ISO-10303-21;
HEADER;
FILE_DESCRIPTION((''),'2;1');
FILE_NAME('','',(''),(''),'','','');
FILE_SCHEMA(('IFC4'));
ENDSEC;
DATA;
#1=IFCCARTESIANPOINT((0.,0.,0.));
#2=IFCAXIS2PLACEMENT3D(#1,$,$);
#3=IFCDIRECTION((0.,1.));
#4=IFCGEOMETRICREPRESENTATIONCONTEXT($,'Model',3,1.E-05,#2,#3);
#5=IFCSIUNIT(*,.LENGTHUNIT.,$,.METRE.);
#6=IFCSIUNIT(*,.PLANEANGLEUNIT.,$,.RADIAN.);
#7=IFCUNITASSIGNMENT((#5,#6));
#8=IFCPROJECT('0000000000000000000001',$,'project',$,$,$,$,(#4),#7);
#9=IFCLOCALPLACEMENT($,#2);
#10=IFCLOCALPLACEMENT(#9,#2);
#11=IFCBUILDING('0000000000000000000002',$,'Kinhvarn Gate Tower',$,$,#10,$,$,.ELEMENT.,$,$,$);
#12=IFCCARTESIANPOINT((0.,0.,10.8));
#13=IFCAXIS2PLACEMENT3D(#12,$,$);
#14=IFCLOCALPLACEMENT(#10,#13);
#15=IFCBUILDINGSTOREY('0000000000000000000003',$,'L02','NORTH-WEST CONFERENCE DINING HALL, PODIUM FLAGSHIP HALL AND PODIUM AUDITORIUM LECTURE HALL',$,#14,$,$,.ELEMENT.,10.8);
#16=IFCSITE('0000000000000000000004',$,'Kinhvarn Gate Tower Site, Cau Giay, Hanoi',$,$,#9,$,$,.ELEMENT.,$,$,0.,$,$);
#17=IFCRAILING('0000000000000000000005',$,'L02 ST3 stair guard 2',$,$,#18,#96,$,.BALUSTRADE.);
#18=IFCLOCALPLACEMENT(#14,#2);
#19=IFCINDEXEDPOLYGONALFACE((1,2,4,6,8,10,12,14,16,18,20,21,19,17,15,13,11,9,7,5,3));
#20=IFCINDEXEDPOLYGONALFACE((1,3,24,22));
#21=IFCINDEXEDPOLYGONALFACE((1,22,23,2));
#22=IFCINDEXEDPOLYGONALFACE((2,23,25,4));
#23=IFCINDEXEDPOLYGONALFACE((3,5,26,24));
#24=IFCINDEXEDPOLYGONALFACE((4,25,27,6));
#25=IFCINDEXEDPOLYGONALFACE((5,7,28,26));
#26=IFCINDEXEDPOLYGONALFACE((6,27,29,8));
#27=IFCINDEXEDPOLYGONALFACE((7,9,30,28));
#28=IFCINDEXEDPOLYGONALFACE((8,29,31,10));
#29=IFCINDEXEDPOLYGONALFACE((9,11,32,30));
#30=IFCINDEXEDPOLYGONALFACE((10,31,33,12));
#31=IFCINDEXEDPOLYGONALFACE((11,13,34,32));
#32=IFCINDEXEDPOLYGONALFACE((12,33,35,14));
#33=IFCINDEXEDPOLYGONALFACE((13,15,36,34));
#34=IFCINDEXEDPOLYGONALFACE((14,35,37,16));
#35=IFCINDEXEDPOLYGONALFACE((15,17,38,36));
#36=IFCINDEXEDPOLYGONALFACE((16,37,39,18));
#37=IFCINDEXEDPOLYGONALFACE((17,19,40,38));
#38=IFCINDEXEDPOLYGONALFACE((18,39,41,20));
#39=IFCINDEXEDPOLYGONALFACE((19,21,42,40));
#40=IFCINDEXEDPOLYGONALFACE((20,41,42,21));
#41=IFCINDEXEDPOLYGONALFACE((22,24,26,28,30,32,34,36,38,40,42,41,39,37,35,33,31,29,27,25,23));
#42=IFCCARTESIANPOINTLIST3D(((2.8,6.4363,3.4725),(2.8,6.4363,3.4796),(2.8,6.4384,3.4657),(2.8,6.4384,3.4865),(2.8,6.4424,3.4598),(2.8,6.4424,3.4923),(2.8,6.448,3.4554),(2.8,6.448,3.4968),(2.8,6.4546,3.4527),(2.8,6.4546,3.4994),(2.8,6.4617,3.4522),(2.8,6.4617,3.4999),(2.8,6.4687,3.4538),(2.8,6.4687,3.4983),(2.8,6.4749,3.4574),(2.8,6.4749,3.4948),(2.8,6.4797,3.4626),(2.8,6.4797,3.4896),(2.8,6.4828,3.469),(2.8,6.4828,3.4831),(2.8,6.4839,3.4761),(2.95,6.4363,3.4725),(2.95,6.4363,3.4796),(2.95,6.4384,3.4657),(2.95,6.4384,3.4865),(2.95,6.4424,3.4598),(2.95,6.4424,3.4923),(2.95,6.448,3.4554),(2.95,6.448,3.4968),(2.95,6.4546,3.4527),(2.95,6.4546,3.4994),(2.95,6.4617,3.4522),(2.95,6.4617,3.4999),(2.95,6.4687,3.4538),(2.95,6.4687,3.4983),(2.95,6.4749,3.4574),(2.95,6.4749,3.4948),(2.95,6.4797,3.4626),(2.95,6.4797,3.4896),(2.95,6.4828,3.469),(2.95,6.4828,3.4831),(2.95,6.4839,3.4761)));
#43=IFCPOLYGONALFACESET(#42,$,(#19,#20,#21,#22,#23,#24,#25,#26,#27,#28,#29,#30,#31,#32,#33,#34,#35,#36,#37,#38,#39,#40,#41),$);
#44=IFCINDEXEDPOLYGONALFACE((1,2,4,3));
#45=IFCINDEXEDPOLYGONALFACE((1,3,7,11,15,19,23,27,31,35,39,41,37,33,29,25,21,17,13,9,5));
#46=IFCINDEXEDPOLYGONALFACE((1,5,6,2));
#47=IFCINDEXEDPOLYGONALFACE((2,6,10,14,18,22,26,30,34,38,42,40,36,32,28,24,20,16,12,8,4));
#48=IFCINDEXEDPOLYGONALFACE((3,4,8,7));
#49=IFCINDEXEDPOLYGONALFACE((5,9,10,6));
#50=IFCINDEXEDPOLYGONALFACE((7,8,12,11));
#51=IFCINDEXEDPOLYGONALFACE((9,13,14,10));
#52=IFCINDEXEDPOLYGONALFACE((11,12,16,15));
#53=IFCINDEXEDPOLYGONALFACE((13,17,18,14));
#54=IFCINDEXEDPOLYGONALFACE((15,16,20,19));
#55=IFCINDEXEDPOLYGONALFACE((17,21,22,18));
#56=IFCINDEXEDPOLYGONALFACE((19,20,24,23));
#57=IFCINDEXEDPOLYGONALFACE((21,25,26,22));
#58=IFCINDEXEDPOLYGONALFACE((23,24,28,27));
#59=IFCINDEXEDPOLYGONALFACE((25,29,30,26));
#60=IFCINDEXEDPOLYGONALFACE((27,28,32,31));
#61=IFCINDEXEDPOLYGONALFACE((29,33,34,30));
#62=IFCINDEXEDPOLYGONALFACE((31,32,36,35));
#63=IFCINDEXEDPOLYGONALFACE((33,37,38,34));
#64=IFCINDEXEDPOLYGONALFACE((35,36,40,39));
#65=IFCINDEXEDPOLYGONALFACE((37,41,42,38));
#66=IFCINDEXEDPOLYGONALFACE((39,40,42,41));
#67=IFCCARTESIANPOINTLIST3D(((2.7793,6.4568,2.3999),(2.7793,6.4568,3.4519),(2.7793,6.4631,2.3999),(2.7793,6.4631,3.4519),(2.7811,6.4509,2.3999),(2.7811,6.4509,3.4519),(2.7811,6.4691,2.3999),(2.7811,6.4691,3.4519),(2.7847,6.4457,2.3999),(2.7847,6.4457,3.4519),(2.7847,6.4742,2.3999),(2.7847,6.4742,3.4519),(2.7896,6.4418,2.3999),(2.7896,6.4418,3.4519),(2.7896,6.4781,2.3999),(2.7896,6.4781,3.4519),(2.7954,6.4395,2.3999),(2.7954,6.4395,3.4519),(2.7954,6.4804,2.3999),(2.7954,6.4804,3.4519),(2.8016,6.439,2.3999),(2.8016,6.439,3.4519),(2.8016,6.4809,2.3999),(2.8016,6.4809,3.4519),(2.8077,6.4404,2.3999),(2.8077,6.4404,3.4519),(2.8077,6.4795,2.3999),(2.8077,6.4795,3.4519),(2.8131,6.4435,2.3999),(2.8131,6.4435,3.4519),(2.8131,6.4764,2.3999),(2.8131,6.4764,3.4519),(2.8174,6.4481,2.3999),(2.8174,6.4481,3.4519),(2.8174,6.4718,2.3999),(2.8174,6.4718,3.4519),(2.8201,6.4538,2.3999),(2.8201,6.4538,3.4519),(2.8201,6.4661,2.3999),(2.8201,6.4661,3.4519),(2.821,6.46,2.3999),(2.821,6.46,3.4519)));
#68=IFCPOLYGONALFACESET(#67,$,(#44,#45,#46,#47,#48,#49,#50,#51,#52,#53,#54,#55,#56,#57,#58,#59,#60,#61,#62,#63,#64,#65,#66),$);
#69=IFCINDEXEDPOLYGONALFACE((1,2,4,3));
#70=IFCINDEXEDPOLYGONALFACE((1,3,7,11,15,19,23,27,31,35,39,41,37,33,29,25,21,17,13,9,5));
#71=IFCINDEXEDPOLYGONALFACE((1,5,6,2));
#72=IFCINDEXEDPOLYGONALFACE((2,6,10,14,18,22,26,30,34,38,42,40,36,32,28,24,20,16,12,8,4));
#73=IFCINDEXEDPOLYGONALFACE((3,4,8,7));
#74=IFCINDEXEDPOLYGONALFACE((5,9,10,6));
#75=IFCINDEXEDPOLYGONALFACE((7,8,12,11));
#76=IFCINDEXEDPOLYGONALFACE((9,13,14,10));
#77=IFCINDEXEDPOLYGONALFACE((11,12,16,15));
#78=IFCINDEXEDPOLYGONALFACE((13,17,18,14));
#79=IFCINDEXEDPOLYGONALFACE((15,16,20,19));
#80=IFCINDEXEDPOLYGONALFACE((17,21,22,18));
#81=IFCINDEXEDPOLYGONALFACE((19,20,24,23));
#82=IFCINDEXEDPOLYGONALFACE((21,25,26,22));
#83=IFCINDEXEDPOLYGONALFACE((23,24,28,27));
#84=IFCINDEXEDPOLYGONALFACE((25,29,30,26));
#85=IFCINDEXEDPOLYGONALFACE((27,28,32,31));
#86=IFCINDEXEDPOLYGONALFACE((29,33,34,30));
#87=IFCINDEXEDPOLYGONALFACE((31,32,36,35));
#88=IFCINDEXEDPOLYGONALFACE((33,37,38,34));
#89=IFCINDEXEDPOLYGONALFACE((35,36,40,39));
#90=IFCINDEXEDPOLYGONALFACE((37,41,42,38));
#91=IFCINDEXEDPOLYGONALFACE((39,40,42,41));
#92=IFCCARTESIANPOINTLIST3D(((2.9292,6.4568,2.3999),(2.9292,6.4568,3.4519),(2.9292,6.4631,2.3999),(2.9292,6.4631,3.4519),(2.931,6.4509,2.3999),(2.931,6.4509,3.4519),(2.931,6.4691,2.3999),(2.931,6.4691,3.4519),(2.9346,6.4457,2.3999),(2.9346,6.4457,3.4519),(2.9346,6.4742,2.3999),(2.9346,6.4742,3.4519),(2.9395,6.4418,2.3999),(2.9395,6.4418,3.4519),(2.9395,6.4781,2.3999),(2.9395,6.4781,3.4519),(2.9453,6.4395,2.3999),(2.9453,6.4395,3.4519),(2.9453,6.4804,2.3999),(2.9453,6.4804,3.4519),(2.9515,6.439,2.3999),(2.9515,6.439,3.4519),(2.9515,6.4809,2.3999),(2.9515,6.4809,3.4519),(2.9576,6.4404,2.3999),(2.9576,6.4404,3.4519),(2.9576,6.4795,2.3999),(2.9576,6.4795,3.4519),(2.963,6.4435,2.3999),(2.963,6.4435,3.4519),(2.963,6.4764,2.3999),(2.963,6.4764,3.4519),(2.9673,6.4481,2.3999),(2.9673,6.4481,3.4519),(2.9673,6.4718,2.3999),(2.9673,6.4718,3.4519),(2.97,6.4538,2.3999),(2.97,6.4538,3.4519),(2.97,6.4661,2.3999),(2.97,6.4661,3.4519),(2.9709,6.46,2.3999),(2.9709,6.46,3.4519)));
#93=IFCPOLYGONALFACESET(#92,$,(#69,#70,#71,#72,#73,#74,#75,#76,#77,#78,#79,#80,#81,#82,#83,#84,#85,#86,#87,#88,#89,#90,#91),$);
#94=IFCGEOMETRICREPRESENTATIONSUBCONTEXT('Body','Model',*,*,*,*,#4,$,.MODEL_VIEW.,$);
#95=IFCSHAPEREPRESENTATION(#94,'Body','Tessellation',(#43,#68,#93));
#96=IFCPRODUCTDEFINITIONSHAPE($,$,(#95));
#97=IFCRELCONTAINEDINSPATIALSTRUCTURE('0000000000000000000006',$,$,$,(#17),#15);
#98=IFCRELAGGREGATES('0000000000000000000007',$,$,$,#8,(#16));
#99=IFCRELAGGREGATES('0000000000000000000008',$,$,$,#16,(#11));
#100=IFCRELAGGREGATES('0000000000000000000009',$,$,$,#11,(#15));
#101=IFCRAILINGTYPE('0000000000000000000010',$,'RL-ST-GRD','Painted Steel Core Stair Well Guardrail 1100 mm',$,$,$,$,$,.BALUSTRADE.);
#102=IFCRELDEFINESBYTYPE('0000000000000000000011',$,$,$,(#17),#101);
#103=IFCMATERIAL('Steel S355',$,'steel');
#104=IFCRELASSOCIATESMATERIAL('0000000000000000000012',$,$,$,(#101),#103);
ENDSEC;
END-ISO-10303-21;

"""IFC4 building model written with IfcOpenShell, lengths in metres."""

from ifc_helpers import new_model, si_unit, direction, frame, origin, origin_2d, place, context, subcontext, project, spatial, circle, extrude, material, type_object, element, save


model = new_model("IFC4")

# Units and contexts
model_context = context("Model", 3, precision=1e-05, world=origin(), true_north=direction((0.0, 1.0)))
body_context = subcontext(model_context, "Body", "Model", "MODEL_VIEW")
ifc_project = project(units=[si_unit("LENGTHUNIT", "METRE"), si_unit("PLANEANGLEUNIT", "RADIAN")], contexts=[model_context])

# Site, building, storey
site_placement = place(None, origin())
site = spatial("IfcSite", under=ifc_project, at=site_placement, Name="Kinhvarn Gate Tower Site, Cau Giay, Hanoi", CompositionType="ELEMENT", RefElevation=0.0)
building_placement = place(site_placement, origin())
building = spatial("IfcBuilding", under=site, at=building_placement, Name="Kinhvarn Gate Tower", CompositionType="ELEMENT")
storey_placement = place(building_placement, frame((0.0, 0.0, 10.8)))
storey = spatial("IfcBuildingStorey", under=building, at=storey_placement, Name="L02", Description="NORTH-WEST CONFERENCE DINING HALL, PODIUM FLAGSHIP HALL AND PODIUM AUDITORIUM LECTURE HALL", CompositionType="ELEMENT", Elevation=10.8)

# Shared definitions
ifc_material_1 = material(Name="Steel S355", Category="steel")

# Railing
railing_type_1 = type_object("IfcRailingType", Name="RL-ST-GRD", Description="Painted Steel Core Stair Well Guardrail 1100 mm", PredefinedType="BALUSTRADE", material=ifc_material_1)
railing_1_placement = place(storey_placement, frame((2.8, 6.46, 2.3999)))
element("IfcRailing", 1, at=railing_1_placement, inside=storey, type_object=railing_type_1, Name="L02 ST3 stair guard 2", PredefinedType="BALUSTRADE", context=body_context, shape_type="SweptSolid", body=[
    extrude(circle(Radius=0.0239, at=origin_2d()), frame((0.0, 0.0, 1.0762), z_axis=(1.0, 0.0, 0.0), x_axis=(0.0, 1.0, 0.0)), (0.0, 0.0, 1.0), 0.1499),
    extrude(circle(Radius=0.021, at=origin_2d()), origin(), (0.0, 0.0, 1.0), 1.052),
    extrude(circle(Radius=0.021, at=origin_2d()), frame((0.1499, 0.0, 0.0)), (0.0, 0.0, 1.0), 1.052),
])

save(model, "model.ifc")
